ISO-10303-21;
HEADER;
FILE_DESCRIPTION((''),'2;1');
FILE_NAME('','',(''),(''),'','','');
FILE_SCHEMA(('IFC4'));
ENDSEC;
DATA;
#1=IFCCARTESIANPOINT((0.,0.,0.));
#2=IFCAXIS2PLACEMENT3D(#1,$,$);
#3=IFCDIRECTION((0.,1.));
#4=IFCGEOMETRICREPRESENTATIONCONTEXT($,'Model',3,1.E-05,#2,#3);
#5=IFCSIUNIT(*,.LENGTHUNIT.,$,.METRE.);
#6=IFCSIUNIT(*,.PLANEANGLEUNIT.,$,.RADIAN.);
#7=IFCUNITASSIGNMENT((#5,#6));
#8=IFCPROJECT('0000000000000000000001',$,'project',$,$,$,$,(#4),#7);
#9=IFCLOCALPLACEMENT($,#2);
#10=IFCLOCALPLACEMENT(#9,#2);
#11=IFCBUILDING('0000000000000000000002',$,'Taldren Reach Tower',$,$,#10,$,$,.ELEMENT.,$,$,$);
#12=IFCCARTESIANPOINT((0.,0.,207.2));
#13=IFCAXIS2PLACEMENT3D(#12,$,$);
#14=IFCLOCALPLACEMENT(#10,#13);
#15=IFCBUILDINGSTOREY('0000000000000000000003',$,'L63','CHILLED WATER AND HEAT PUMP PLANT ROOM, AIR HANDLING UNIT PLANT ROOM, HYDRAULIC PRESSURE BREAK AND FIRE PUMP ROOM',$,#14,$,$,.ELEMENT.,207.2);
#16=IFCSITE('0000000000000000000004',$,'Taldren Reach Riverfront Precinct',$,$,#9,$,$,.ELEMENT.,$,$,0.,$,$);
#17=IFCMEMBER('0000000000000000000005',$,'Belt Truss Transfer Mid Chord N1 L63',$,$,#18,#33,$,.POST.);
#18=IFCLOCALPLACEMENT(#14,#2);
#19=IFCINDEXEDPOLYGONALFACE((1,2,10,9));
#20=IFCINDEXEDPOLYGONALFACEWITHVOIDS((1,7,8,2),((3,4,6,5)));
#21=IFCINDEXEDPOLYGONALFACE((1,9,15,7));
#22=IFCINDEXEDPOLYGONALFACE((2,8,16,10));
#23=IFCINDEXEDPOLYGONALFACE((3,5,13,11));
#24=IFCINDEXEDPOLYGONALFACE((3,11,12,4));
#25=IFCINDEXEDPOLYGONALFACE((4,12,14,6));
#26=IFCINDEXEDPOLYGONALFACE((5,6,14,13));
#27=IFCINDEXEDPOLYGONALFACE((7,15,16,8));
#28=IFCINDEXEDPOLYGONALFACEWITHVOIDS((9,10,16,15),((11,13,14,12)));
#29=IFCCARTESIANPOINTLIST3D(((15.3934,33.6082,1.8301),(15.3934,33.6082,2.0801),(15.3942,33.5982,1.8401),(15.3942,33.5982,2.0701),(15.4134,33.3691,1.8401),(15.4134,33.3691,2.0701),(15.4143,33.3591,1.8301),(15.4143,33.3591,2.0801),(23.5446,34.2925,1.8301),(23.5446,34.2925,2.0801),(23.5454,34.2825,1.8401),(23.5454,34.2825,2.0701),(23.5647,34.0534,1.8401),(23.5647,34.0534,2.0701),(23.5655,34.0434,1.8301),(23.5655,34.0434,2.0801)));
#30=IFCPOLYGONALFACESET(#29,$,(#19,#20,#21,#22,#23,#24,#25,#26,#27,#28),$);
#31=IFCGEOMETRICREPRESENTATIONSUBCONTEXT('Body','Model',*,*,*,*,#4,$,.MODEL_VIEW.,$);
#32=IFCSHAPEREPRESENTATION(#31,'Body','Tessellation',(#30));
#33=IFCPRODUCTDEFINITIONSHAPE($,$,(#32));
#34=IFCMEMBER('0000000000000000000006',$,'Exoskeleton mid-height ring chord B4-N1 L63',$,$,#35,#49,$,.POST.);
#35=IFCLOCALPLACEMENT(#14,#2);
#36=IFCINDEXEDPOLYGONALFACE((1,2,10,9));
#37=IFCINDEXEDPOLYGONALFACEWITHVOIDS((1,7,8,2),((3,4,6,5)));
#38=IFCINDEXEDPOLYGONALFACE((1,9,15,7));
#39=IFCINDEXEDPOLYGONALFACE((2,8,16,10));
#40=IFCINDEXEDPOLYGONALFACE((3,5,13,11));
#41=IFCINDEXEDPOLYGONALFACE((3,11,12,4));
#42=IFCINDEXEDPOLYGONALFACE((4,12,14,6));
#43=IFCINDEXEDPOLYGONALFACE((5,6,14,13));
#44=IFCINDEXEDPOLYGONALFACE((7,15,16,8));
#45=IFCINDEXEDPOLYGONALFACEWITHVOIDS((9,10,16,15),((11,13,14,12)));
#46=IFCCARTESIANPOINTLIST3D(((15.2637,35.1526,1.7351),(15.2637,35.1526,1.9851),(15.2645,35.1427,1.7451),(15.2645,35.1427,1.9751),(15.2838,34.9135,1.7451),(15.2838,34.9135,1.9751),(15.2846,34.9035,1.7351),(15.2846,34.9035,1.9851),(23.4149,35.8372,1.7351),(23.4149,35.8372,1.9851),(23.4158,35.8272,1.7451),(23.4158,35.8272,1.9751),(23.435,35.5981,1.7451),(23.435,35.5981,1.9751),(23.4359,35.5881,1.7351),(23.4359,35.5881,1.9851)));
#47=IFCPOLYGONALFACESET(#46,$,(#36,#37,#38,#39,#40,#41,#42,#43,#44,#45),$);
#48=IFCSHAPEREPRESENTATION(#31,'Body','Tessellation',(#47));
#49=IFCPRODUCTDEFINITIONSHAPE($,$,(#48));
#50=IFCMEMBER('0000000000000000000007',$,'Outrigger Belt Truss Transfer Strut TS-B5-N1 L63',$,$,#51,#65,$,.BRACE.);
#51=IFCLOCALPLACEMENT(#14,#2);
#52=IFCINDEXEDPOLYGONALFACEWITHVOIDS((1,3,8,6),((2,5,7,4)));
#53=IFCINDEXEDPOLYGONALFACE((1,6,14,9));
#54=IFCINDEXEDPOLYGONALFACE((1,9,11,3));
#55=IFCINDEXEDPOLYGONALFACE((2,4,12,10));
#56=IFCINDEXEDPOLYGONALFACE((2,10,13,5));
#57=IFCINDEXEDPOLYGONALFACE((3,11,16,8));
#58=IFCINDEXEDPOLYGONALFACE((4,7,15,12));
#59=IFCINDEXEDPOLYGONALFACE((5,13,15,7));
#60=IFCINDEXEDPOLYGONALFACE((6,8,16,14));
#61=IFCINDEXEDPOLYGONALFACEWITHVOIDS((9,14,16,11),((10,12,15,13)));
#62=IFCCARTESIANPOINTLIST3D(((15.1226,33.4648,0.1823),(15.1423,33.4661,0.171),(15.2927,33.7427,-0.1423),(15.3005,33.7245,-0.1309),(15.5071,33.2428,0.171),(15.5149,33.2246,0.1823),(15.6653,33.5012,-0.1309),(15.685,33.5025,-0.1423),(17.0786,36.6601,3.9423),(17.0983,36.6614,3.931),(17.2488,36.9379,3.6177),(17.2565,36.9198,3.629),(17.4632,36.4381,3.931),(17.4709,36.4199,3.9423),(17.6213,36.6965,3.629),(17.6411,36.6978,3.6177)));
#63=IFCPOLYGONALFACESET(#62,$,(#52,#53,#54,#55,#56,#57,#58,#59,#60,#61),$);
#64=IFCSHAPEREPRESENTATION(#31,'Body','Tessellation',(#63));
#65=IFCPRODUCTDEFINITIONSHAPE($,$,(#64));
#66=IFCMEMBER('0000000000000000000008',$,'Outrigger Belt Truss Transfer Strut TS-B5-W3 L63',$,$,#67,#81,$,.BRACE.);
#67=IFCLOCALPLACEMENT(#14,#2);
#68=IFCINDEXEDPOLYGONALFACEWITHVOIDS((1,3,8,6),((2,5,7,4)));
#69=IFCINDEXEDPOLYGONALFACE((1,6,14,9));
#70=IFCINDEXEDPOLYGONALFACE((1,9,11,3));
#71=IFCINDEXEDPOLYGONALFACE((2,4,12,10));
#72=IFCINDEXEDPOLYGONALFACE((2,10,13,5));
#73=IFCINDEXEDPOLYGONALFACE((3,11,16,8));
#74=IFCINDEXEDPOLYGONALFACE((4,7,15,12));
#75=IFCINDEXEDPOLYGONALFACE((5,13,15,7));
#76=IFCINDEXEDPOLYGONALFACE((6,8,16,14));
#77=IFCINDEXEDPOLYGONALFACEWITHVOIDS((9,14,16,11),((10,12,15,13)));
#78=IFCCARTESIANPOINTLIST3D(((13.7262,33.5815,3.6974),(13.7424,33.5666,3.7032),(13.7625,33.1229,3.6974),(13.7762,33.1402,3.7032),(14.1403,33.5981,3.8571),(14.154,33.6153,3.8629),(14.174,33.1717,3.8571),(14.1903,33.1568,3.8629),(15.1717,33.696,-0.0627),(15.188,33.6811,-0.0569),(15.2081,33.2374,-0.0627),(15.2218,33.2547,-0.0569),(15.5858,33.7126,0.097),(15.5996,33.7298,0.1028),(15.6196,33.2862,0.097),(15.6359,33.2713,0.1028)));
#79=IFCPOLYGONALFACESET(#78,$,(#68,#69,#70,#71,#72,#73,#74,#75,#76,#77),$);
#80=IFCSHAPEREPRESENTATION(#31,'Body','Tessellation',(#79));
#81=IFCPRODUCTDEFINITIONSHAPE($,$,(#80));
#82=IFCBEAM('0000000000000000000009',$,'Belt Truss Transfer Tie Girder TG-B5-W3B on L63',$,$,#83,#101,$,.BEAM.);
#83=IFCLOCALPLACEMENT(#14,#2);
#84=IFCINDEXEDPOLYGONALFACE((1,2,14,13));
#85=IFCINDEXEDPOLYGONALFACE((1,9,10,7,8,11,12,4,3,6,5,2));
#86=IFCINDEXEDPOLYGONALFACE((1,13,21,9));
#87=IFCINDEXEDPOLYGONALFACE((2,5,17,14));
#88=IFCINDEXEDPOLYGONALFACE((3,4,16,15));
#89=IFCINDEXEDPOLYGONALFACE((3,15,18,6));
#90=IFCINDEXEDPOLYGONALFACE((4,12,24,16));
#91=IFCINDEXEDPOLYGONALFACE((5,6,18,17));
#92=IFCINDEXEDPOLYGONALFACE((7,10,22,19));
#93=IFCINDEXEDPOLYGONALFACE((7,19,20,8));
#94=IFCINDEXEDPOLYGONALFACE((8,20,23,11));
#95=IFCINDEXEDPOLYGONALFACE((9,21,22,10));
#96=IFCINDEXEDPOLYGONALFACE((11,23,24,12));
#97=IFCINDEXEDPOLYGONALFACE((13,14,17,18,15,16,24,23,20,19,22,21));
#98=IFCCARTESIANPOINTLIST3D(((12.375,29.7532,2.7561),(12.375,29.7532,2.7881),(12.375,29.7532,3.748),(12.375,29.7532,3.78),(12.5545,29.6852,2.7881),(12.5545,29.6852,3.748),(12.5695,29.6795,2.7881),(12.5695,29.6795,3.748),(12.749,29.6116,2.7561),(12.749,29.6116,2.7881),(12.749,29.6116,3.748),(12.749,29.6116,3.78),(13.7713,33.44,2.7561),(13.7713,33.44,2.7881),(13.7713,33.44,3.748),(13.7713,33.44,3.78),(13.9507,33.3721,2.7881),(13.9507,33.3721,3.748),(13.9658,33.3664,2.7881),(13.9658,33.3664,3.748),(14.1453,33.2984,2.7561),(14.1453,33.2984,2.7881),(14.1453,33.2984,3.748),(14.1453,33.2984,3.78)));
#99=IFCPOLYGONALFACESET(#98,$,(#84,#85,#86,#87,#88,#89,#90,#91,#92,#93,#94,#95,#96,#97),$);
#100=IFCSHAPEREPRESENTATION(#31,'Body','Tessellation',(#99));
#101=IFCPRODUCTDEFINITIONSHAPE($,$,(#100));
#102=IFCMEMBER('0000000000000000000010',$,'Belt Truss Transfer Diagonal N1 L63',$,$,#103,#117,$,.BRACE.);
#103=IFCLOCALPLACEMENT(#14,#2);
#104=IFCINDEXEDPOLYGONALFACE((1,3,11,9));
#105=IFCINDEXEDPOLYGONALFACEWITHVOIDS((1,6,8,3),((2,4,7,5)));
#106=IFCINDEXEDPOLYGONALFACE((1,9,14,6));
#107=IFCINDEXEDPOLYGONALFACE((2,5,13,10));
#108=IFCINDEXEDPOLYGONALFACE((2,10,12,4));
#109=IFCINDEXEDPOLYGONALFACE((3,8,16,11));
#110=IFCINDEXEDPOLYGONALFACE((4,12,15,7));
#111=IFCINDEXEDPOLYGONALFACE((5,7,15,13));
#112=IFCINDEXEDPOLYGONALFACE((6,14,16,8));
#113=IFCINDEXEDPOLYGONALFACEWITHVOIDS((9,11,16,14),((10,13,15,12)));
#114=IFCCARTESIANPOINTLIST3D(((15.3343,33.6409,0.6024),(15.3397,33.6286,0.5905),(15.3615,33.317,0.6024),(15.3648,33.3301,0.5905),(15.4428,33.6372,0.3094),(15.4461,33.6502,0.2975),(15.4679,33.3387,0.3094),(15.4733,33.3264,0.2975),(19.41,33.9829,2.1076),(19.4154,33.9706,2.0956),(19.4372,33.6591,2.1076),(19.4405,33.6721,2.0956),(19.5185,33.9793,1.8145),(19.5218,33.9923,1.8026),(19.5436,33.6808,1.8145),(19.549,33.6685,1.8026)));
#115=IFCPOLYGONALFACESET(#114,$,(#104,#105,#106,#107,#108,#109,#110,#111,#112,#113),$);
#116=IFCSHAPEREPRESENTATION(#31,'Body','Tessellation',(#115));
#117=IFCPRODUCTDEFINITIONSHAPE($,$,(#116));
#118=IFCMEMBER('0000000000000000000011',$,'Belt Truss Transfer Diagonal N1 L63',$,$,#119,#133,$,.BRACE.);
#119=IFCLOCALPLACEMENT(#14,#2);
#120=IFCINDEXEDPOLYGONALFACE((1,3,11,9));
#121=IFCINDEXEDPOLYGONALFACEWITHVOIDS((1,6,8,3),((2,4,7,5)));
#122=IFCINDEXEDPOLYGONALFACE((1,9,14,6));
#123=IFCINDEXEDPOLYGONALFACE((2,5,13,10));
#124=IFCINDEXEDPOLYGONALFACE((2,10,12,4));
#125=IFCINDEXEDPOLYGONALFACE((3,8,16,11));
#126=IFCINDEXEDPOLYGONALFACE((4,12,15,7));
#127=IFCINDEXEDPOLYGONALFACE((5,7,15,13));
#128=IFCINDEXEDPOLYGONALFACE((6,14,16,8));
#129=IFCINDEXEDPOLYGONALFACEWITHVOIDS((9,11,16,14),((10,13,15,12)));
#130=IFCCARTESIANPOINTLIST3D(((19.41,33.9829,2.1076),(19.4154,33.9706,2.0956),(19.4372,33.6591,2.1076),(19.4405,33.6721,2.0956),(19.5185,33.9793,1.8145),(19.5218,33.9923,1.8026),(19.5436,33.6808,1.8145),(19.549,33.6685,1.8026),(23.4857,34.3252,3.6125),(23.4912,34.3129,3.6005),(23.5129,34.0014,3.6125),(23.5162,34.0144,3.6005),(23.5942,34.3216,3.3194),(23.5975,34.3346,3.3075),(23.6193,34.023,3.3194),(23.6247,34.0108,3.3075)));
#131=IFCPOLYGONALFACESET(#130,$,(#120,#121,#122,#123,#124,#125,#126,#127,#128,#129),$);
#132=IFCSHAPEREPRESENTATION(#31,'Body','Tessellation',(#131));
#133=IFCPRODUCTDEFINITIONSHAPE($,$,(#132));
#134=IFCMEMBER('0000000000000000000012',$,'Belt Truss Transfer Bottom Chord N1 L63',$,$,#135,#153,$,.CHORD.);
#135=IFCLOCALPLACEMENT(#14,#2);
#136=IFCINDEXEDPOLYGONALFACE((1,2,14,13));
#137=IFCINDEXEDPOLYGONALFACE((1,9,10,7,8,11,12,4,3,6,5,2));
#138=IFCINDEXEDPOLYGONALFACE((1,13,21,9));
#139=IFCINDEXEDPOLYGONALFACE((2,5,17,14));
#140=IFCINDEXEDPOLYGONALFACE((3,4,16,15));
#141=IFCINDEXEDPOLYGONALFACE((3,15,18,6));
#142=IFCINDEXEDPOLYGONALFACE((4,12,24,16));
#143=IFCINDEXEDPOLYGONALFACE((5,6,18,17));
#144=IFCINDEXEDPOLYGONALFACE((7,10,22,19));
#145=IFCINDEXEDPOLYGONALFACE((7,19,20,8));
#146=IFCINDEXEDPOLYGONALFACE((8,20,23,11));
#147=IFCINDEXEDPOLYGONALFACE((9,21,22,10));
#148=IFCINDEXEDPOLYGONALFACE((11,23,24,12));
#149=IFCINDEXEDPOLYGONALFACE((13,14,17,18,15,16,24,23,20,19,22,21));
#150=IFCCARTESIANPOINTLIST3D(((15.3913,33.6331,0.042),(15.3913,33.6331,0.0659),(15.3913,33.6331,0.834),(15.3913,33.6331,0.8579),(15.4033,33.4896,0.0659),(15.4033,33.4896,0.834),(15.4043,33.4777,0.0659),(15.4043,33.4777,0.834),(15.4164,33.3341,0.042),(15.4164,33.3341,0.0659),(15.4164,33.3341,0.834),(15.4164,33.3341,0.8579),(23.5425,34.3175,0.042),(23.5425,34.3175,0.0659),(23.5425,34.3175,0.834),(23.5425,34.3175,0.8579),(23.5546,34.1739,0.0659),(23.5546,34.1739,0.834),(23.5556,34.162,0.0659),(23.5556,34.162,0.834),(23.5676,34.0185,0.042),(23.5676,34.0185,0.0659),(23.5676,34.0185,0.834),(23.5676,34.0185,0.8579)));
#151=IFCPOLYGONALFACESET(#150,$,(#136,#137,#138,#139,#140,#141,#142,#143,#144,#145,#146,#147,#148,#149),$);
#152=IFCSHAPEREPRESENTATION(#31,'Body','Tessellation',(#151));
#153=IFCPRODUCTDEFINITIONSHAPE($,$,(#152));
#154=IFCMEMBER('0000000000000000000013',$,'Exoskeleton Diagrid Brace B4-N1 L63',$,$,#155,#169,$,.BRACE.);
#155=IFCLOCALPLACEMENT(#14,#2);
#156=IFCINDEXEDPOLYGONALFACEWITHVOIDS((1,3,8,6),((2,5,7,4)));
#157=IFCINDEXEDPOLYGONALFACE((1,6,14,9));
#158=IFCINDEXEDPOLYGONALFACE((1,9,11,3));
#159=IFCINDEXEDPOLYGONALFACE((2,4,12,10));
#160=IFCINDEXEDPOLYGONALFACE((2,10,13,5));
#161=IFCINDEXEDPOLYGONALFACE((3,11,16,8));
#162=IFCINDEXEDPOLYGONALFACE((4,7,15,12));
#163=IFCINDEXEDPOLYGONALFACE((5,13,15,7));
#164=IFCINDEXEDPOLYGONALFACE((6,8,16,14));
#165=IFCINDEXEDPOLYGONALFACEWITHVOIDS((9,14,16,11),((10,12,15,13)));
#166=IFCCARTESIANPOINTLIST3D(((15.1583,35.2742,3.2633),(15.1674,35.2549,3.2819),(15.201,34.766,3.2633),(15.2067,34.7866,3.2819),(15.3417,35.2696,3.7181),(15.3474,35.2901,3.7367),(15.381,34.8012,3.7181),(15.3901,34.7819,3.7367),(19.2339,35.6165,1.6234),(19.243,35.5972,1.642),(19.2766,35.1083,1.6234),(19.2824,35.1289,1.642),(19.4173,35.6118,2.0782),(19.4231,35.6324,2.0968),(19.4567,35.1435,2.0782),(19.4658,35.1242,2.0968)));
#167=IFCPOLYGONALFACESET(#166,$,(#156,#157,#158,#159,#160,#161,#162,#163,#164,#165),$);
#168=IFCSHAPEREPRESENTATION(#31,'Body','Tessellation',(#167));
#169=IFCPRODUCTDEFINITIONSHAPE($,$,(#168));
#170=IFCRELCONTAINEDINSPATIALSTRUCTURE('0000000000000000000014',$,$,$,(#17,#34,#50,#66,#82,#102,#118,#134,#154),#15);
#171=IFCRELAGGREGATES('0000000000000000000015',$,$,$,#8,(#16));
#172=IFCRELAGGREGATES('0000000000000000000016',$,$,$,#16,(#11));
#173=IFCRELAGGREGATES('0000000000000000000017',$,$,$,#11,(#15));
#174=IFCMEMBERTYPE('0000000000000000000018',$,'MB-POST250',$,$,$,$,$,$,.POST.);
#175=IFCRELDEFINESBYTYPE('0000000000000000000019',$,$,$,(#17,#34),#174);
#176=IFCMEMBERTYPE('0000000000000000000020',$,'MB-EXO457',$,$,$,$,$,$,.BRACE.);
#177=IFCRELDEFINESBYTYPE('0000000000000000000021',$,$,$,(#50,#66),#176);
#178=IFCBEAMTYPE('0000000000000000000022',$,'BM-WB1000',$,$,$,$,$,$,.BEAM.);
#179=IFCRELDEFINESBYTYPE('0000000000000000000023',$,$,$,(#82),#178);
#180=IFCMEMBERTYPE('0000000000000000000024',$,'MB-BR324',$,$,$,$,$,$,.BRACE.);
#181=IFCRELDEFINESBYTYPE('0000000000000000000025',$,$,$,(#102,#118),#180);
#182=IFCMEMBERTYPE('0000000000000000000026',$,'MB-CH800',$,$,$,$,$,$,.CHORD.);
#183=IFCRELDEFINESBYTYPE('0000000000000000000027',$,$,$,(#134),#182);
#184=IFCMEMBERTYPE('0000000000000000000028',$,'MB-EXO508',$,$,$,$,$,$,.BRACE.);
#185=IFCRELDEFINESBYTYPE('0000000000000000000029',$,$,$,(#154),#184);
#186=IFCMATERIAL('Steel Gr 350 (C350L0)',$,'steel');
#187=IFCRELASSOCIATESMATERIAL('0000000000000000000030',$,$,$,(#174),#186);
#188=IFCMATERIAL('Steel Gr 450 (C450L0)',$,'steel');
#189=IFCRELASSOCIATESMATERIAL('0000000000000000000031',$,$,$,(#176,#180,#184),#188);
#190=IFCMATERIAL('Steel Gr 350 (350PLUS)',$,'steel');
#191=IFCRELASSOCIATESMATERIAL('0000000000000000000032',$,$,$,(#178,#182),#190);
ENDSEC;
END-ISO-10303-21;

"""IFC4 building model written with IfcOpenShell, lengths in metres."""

from ifc_helpers import new_model, si_unit, direction, frame, origin, origin_2d, place, context, subcontext, project, spatial, hollow_rectangle, i_section, extrude, source, transform, mapped, material, material_profile, profile_set, type_object, element, save


model = new_model("IFC4")

# Units and contexts
model_context = context("Model", 3, precision=1e-05, world=origin(), true_north=direction((0.0, 1.0)))
body_context = subcontext(model_context, "Body", "Model", "MODEL_VIEW")
ifc_project = project(units=[si_unit("LENGTHUNIT", "METRE"), si_unit("PLANEANGLEUNIT", "RADIAN")], contexts=[model_context])

# Site, building, storey
site_placement = place(None, origin())
site = spatial("IfcSite", under=ifc_project, at=site_placement, Name="Taldren Reach Riverfront Precinct", CompositionType="ELEMENT", RefElevation=0.0)
building_placement = place(site_placement, origin())
building = spatial("IfcBuilding", under=site, at=building_placement, Name="Taldren Reach Tower", CompositionType="ELEMENT")
storey_placement = place(building_placement, frame((0.0, 0.0, 207.2)))
storey = spatial("IfcBuildingStorey", under=building, at=storey_placement, Name="L63", Description="CHILLED WATER AND HEAT PUMP PLANT ROOM, AIR HANDLING UNIT PLANT ROOM, HYDRAULIC PRESSURE BREAK AND FIRE PUMP ROOM", CompositionType="ELEMENT", Elevation=207.2)

# Shared definitions
ifc_material_1 = material(Name="Steel Gr 450 (C450L0)", Category="steel")
ifc_material_2 = material(Name="Steel Gr 350 (C350L0)", Category="steel")

# Shared definitions
ifc_material_profile_1 = material_profile(ifc_material_2, hollow_rectangle(XDim=0.25, YDim=0.25, WallThickness=0.01, at=origin_2d()), Name="250x250x10.0SHS")
ifc_profile_set_1 = profile_set([ifc_material_profile_1], Name="Steel Gr 350 (C350L0)")
member_type_1 = type_object("IfcMemberType", Name="MB-POST250", PredefinedType="POST", material=ifc_profile_set_1)

# Shared definitions
ifc_material_3 = material(Name="Steel Gr 350 (350PLUS)", Category="steel")

# Members
shared_shape_1 = source(origin(), body_context, "Body", "SweptSolid", [
    extrude(hollow_rectangle(XDim=0.25, YDim=0.25, WallThickness=0.01, at=origin_2d()), origin(), (0.0, 0.0, 1.0), 8.1799),
])
for number, where, z_axis, x_axis, name in (
    (1, (15.4038, 33.4836, 1.9551), (0.996495, 0.083658, 0.0), (-0.083658, 0.996495, 0.0), "Belt Truss Transfer Mid Chord N1 L63"),
    (2, (15.2742, 35.0281, 1.8601), (0.996492, 0.08369, 0.0), (-0.08369, 0.996492, 0.0), "Exoskeleton mid-height ring chord B4-N1 L63"),
):
    element("IfcMember", number, at=place(storey_placement, frame(where, z_axis=z_axis, x_axis=x_axis)), inside=storey, type_object=member_type_1, Name=name, PredefinedType="POST", context=body_context, shape_type="MappedRepresentation", body=[
        mapped(shared_shape_1, transform((0.0, 0.0, 0.0), scale=1.0)),
    ])
ifc_material_profile_2 = material_profile(ifc_material_1, hollow_rectangle(XDim=0.46, YDim=0.46, WallThickness=0.0161, at=origin_2d()), Name="460x460x16.0SHS")
ifc_profile_set_2 = profile_set([ifc_material_profile_2], Name="Steel Gr 450 (C450L0)")
member_type_2 = type_object("IfcMemberType", Name="MB-EXO457", PredefinedType="BRACE", material=ifc_profile_set_2)
shared_shape_2 = source(origin(), body_context, "Body", "SweptSolid", [
    extrude(hollow_rectangle(XDim=0.46, YDim=0.46, WallThickness=0.0161, at=origin_2d()), origin(), (0.0, 0.0, 1.0), 5.3079),
])
member_1_placement = place(storey_placement, frame((15.4038, 33.4836, 0.02), z_axis=(0.368517, 0.601991, 0.708379), x_axis=(-0.852882, 0.522104, 0.0)))
element("IfcMember", 3, at=member_1_placement, inside=storey, type_object=member_type_2, Name="Outrigger Belt Truss Transfer Strut TS-B5-N1 L63", PredefinedType="BRACE", context=body_context, shape_type="MappedRepresentation", body=[
    mapped(shared_shape_2, transform((0.0, 0.0, 0.0), scale=1.0)),
])
shared_shape_3 = source(origin(), body_context, "Body", "SweptSolid", [
    extrude(hollow_rectangle(XDim=0.46, YDim=0.46, WallThickness=0.0161, at=origin_2d()), origin(), (0.0, 0.0, 1.0), 4.03),
])
member_2_placement = place(storey_placement, frame((15.4038, 33.4836, 0.02), z_axis=(-0.358704, -0.028413, 0.933019), x_axis=(0.078962, -0.996878, 0.0)))
element("IfcMember", 4, at=member_2_placement, inside=storey, type_object=member_type_2, Name="Outrigger Belt Truss Transfer Strut TS-B5-W3 L63", PredefinedType="BRACE", context=body_context, shape_type="MappedRepresentation", body=[
    mapped(shared_shape_3, transform((0.0, 0.0, 0.0), scale=1.0)),
])

# Beam
ifc_material_profile_3 = material_profile(ifc_material_3, i_section(OverallWidth=0.3999, OverallDepth=1.0239, WebThickness=0.0161, FlangeThickness=0.032, at=origin_2d()), Name="1000WB322")
ifc_profile_set_3 = profile_set([ifc_material_profile_3], Name="Steel Gr 350 (350PLUS)")
beam_type_1 = type_object("IfcBeamType", Name="BM-WB1000", PredefinedType="BEAM", material=ifc_profile_set_3)
shared_shape_4 = source(origin(), body_context, "Body", "SweptSolid", [
    extrude(i_section(OverallWidth=0.3999, OverallDepth=1.0239, WebThickness=0.0161, FlangeThickness=0.032, at=origin_2d()), origin(), (0.0, 0.0, 1.0), 3.9424),
])
beam_1_placement = place(storey_placement, frame((12.562, 29.6824, 3.2681), z_axis=(0.354169, 0.935182, 0.0), x_axis=(-0.935182, 0.354169, 0.0)))
element("IfcBeam", 5, at=beam_1_placement, inside=storey, type_object=beam_type_1, Name="Belt Truss Transfer Tie Girder TG-B5-W3B on L63", PredefinedType="BEAM", context=body_context, shape_type="MappedRepresentation", body=[
    mapped(shared_shape_4, transform((0.0, 0.0, 0.0), scale=1.0)),
])

# Members
ifc_material_profile_4 = material_profile(ifc_material_1, hollow_rectangle(XDim=0.325, YDim=0.325, WallThickness=0.0127, at=origin_2d()), Name="325x325x12.7SHS")
ifc_profile_set_4 = profile_set([ifc_material_profile_4], Name="Steel Gr 450 (C450L0)")
member_type_3 = type_object("IfcMemberType", Name="MB-BR324", PredefinedType="BRACE", material=ifc_profile_set_4)
shared_shape_5 = source(origin(), body_context, "Body", "SweptSolid", [
    extrude(hollow_rectangle(XDim=0.325, YDim=0.325, WallThickness=0.0127, at=origin_2d()), origin(), (0.0, 0.0, 1.0), 4.3582),
])
for number, where, z_axis, x_axis, name in (
    (6, (15.4038, 33.4836, 0.45), (0.935184, 0.078483, 0.345358), (-0.083628, 0.996497, 0.0), "Belt Truss Transfer Diagonal N1 L63"),
    (7, (19.4795, 33.8257, 1.9551), (0.935198, 0.07854, 0.345307), (-0.083688, 0.996492, 0.0), "Belt Truss Transfer Diagonal N1 L63"),
):
    element("IfcMember", number, at=place(storey_placement, frame(where, z_axis=z_axis, x_axis=x_axis)), inside=storey, type_object=member_type_3, Name=name, PredefinedType="BRACE", context=body_context, shape_type="MappedRepresentation", body=[
        mapped(shared_shape_5, transform((0.0, 0.0, 0.0), scale=1.0)),
    ])
ifc_material_profile_5 = material_profile(ifc_material_3, i_section(OverallWidth=0.3, OverallDepth=0.8159, WebThickness=0.012, FlangeThickness=0.0239, at=origin_2d()), Name="800WB192")
ifc_profile_set_5 = profile_set([ifc_material_profile_5], Name="Steel Gr 350 (350PLUS)")
member_type_4 = type_object("IfcMemberType", Name="MB-CH800", PredefinedType="CHORD", material=ifc_profile_set_5)
shared_shape_6 = source(origin(), body_context, "Body", "SweptSolid", [
    extrude(i_section(OverallWidth=0.3, OverallDepth=0.8159, WebThickness=0.012, FlangeThickness=0.0239, at=origin_2d()), origin(), (0.0, 0.0, 1.0), 8.1799),
])
member_3_placement = place(storey_placement, frame((15.4038, 33.4836, 0.45), z_axis=(0.996495, 0.083658, 0.0), x_axis=(-0.083658, 0.996495, 0.0)))
element("IfcMember", 8, at=member_3_placement, inside=storey, type_object=member_type_4, Name="Belt Truss Transfer Bottom Chord N1 L63", PredefinedType="CHORD", context=body_context, shape_type="MappedRepresentation", body=[
    mapped(shared_shape_6, transform((0.0, 0.0, 0.0), scale=1.0)),
])
ifc_material_profile_6 = material_profile(ifc_material_1, hollow_rectangle(XDim=0.51, YDim=0.51, WallThickness=0.02, at=origin_2d()), Name="510x510x20.0SHS")
ifc_profile_set_6 = profile_set([ifc_material_profile_6], Name="Steel Gr 450 (C450L0)")
member_type_5 = type_object("IfcMemberType", Name="MB-EXO508", PredefinedType="BRACE", material=ifc_profile_set_6)
shared_shape_7 = source(origin(), body_context, "Body", "SweptSolid", [
    extrude(hollow_rectangle(XDim=0.51, YDim=0.51, WallThickness=0.02, at=origin_2d()), origin(), (0.0, 0.0, 1.0), 4.4065),
])
member_4_placement = place(storey_placement, frame((19.3499, 35.3704, 1.8601), z_axis=(-0.924917, -0.077677, 0.37215), x_axis=(0.083688, -0.996492, 0.0)))
element("IfcMember", 9, at=member_4_placement, inside=storey, type_object=member_type_5, Name="Exoskeleton Diagrid Brace B4-N1 L63", PredefinedType="BRACE", context=body_context, shape_type="MappedRepresentation", body=[
    mapped(shared_shape_7, transform((0.0, 0.0, 0.0), scale=1.0)),
])

save(model, "model.ifc")
